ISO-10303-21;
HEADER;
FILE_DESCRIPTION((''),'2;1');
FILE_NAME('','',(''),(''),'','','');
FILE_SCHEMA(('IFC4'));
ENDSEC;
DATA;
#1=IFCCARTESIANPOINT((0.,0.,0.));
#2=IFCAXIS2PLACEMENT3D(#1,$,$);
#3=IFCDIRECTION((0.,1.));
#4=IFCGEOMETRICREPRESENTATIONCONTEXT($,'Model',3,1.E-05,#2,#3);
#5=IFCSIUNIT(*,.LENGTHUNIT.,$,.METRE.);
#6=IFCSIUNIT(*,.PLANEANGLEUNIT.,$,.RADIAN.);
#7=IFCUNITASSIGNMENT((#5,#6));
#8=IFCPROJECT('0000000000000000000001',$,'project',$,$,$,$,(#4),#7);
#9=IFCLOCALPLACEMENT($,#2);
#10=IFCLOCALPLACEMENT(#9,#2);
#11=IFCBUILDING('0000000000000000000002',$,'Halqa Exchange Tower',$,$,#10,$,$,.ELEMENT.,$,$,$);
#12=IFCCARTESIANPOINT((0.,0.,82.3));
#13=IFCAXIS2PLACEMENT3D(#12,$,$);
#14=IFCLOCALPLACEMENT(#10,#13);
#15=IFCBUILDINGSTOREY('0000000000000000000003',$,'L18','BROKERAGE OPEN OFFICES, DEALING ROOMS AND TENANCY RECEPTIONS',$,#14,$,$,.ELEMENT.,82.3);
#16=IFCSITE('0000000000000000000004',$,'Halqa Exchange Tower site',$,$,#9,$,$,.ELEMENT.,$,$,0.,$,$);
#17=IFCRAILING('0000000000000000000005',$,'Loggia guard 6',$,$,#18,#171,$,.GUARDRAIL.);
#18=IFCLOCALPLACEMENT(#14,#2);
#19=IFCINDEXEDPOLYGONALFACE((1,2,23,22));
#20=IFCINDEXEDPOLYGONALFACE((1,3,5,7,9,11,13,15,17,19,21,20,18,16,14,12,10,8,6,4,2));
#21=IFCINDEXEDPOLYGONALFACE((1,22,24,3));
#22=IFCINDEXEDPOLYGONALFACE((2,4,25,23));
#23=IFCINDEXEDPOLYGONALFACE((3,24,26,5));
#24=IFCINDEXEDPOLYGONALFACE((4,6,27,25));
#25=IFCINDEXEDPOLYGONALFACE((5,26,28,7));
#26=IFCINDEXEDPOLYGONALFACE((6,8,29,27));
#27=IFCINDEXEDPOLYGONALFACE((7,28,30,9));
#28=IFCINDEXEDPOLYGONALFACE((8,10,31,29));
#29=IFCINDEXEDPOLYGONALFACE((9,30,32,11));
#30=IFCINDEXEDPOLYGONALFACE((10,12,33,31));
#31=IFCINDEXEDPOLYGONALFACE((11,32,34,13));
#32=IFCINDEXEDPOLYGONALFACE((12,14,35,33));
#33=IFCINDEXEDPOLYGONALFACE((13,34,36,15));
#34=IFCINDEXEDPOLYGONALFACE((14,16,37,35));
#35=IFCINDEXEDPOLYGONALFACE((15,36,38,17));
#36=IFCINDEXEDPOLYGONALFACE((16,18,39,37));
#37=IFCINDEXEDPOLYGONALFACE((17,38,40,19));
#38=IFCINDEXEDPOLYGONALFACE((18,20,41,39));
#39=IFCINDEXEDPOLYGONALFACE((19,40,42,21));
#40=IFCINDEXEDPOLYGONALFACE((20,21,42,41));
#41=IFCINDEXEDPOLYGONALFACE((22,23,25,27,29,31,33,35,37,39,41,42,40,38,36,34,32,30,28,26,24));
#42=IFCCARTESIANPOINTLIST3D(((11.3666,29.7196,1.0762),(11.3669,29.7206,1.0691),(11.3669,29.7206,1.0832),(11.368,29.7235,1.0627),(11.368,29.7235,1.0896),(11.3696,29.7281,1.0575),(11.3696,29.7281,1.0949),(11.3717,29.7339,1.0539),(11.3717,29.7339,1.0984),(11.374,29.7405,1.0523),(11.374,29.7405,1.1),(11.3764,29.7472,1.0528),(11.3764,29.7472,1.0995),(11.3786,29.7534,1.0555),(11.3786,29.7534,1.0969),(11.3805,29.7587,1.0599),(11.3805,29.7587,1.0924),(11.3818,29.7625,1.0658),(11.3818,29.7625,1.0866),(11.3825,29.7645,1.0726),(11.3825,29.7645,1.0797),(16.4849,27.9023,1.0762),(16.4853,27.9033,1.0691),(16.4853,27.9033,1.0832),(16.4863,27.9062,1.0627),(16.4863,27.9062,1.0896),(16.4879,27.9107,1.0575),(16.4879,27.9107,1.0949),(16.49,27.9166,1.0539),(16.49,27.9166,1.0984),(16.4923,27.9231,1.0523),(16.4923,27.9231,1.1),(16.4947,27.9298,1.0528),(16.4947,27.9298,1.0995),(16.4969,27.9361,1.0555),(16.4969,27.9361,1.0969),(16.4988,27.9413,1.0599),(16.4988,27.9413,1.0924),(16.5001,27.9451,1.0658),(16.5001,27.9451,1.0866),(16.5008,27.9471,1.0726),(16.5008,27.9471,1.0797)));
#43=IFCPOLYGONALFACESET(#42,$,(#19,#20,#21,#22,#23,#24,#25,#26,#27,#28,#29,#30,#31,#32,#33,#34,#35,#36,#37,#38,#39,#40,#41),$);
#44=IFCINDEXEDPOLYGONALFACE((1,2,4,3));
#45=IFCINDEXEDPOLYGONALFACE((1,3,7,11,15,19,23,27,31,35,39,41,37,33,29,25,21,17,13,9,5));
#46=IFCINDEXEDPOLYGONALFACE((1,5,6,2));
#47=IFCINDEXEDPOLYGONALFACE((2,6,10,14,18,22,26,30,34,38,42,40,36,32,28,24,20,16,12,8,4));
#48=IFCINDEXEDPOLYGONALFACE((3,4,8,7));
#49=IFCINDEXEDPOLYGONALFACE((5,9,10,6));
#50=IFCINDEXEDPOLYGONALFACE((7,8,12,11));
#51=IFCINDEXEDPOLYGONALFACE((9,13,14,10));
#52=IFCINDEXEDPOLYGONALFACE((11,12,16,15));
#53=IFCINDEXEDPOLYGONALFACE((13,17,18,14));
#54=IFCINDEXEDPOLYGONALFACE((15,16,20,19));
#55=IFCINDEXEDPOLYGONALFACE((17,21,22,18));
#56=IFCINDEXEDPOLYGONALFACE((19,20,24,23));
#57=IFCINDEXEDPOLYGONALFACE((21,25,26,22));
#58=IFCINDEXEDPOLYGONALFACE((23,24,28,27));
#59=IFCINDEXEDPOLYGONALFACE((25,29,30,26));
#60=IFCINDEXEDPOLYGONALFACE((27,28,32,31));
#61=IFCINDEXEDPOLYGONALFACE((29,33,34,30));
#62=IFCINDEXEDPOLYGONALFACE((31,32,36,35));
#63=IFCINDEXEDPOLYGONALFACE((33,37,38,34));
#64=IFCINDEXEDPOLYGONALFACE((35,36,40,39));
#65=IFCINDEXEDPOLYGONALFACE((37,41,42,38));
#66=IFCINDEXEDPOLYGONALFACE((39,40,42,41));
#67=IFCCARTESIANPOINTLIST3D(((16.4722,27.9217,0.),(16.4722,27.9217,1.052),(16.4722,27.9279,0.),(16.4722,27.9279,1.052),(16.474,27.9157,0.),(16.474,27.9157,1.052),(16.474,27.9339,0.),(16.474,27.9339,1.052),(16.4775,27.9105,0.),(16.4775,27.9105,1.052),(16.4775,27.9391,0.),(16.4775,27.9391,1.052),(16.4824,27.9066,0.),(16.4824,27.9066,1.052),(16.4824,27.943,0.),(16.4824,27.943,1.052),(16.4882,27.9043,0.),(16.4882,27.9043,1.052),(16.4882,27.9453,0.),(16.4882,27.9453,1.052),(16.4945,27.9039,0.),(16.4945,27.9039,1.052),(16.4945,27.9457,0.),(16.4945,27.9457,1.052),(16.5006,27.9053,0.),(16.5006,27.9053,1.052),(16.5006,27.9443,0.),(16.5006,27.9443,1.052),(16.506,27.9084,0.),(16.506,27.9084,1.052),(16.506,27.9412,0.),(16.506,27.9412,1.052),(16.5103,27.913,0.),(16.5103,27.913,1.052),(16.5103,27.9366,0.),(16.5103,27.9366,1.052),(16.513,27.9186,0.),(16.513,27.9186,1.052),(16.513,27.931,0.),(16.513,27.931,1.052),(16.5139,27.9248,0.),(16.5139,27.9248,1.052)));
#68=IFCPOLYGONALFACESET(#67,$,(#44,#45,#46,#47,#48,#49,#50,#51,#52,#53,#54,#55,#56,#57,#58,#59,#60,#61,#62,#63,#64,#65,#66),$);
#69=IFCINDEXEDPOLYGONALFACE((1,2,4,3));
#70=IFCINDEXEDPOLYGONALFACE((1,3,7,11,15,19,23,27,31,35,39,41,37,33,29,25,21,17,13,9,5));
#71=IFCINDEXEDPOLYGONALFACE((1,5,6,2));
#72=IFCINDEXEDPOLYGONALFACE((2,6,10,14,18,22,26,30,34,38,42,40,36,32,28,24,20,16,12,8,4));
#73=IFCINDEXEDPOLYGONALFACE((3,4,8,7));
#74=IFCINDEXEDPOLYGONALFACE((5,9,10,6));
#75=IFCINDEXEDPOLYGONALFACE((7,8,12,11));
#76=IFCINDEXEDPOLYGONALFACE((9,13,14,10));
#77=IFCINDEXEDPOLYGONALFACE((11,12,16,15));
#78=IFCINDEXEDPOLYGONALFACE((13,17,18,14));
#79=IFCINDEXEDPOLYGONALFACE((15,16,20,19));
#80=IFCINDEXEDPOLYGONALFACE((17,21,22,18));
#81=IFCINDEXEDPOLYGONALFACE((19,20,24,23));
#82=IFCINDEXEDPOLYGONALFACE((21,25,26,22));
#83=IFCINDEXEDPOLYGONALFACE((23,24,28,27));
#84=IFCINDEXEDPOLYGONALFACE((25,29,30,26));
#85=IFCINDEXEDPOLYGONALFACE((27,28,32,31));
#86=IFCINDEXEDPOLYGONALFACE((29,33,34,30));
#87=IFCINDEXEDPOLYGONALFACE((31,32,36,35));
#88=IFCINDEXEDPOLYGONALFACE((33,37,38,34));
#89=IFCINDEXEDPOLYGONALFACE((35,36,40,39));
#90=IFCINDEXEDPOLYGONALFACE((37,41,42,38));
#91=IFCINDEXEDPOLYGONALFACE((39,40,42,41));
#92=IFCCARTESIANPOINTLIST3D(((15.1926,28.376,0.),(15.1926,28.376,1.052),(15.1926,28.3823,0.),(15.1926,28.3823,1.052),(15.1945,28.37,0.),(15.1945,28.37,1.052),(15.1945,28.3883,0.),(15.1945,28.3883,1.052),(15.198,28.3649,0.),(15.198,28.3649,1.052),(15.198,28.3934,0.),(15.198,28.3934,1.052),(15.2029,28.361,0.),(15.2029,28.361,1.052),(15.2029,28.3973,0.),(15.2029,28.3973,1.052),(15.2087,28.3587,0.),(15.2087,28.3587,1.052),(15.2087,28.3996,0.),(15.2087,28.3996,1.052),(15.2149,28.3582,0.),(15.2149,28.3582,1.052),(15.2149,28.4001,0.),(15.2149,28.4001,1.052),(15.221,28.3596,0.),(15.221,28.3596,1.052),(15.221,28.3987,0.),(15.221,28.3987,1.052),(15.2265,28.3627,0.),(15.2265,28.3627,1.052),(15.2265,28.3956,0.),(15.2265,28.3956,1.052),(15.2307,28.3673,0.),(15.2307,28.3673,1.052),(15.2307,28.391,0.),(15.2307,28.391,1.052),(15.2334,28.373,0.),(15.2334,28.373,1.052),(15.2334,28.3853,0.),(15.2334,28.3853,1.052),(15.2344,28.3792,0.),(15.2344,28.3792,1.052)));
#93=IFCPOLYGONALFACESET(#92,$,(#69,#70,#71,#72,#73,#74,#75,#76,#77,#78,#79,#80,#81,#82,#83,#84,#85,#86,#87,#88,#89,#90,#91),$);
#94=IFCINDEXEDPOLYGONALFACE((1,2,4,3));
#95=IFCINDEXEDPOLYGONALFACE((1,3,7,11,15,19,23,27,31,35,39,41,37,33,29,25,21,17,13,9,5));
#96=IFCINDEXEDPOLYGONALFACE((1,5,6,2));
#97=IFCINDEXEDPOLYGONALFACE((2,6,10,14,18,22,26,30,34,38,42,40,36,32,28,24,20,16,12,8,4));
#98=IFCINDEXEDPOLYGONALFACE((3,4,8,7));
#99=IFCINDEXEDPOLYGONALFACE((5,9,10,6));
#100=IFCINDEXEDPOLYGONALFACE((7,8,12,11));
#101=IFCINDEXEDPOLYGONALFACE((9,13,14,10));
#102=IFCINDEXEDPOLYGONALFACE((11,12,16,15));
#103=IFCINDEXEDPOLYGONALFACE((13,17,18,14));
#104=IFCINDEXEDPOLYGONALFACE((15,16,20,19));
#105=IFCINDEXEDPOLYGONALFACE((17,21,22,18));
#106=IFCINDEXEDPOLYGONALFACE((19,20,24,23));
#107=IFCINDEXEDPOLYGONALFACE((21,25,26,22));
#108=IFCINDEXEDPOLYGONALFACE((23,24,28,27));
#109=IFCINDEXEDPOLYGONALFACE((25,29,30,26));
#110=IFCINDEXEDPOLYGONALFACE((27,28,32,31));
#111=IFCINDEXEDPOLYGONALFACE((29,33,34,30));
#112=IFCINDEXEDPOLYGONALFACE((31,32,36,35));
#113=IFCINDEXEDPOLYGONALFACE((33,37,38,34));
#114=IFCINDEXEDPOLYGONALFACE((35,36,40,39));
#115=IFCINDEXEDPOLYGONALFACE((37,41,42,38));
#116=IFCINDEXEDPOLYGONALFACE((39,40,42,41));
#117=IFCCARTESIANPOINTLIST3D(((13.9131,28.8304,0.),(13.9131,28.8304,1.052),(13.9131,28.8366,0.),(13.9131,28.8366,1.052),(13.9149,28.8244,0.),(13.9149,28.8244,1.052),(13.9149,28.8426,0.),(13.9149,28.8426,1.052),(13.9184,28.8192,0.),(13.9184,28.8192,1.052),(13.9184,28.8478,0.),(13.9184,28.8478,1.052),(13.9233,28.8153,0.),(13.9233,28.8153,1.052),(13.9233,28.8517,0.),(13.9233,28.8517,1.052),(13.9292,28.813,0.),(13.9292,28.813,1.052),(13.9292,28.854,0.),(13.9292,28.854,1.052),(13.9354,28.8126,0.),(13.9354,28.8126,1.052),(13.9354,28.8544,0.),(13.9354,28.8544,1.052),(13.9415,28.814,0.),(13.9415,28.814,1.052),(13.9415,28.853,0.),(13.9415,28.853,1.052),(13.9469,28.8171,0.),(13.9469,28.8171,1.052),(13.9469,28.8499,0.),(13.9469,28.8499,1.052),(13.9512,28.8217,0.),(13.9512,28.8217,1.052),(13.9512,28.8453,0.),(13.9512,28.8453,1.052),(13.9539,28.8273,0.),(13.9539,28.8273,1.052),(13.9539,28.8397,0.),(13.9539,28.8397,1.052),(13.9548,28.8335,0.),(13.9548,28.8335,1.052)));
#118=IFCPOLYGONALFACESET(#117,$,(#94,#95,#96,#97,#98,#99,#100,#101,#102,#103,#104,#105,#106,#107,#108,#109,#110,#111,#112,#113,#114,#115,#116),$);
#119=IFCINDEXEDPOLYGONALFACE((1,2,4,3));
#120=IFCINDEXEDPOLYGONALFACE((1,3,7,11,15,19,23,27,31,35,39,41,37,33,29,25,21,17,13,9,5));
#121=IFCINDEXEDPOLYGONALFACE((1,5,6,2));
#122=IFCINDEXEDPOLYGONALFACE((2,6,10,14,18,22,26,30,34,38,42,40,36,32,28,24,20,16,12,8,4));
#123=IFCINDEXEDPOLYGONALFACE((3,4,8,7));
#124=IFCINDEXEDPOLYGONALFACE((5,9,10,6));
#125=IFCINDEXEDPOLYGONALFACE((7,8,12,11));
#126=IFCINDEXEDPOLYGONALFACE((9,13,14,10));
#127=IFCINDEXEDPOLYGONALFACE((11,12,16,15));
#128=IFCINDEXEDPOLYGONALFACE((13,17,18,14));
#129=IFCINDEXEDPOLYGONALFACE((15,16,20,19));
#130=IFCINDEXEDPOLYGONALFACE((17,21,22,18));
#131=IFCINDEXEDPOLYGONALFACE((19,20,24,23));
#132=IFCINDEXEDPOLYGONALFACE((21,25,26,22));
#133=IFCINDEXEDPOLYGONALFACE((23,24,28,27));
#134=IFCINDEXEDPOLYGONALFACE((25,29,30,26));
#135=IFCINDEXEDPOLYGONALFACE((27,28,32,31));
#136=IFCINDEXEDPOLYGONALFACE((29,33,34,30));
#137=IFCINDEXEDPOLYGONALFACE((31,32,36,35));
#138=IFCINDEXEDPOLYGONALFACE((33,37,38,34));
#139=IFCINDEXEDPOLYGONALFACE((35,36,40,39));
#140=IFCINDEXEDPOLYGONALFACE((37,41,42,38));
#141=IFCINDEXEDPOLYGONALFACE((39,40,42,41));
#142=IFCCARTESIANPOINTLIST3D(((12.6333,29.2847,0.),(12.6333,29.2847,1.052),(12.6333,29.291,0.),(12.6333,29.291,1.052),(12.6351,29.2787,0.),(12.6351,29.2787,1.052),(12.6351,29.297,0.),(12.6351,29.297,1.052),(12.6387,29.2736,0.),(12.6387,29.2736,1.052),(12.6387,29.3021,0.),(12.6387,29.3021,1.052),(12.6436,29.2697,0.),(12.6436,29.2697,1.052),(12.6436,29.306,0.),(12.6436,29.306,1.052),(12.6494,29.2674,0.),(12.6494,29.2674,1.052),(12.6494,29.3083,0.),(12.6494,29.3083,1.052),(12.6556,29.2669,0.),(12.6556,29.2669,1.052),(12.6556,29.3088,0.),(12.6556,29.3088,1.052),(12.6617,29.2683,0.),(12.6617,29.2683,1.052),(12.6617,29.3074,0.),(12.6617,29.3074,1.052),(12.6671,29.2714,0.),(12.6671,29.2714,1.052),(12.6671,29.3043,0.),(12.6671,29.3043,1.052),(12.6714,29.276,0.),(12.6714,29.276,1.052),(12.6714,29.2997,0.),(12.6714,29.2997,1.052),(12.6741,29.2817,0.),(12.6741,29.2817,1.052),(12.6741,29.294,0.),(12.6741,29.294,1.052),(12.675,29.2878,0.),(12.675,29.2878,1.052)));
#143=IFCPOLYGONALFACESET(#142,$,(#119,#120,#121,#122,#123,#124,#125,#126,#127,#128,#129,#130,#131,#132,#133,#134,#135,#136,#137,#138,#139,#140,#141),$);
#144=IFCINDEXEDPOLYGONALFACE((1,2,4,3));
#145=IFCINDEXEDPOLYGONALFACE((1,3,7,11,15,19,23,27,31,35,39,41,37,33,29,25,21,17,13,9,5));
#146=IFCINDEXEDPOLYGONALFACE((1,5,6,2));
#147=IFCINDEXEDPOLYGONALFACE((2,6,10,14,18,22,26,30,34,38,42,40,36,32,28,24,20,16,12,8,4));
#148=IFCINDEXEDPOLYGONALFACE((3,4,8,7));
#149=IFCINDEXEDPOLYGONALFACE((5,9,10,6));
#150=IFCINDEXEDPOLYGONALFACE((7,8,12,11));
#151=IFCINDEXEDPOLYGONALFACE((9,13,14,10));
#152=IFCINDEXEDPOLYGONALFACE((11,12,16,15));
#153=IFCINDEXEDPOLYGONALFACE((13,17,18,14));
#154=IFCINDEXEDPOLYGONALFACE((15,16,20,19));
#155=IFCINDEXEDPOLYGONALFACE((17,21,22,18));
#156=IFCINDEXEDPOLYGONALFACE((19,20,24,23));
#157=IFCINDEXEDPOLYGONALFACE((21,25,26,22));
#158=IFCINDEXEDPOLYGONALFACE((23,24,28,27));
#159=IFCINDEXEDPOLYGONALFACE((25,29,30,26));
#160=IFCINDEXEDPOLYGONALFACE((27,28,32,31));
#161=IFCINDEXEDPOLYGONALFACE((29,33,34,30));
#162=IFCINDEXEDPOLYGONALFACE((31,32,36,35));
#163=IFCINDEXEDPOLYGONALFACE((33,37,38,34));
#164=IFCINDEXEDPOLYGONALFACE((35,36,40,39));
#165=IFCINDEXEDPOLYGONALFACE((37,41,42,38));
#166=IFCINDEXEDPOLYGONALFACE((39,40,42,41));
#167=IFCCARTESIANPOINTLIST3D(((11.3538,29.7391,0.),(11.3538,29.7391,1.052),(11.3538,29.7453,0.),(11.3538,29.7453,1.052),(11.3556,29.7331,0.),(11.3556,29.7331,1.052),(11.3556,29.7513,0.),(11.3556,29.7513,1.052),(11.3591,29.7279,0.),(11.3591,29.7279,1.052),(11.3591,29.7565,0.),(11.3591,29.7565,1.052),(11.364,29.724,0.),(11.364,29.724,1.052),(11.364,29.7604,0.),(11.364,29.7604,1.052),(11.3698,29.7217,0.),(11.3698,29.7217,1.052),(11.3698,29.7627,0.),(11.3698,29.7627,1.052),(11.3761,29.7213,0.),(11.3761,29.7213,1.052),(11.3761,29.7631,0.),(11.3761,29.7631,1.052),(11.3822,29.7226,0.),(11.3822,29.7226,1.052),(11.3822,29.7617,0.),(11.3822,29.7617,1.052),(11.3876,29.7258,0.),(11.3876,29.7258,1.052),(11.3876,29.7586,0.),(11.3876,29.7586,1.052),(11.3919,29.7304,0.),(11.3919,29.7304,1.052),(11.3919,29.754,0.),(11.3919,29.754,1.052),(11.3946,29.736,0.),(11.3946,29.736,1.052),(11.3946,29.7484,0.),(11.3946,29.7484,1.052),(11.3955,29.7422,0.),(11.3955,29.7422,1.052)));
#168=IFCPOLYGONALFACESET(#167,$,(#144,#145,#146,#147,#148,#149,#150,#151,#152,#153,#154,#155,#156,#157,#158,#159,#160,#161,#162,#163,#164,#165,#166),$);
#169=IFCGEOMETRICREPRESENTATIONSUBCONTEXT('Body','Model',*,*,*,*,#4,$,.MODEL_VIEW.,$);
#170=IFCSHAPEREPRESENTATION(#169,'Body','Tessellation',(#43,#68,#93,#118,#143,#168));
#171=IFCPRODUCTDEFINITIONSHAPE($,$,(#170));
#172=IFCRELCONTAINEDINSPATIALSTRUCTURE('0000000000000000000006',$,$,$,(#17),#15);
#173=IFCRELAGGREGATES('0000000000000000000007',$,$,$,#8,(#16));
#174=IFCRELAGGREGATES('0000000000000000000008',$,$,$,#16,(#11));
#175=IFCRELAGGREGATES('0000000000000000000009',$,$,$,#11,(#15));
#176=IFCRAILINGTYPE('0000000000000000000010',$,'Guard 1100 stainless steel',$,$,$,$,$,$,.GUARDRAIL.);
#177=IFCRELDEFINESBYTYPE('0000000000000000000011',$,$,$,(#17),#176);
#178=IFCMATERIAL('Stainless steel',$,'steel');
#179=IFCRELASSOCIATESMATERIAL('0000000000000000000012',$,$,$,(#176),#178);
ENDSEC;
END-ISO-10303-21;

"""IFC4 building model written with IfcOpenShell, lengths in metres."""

from ifc_helpers import new_model, si_unit, direction, frame, origin, origin_2d, place, context, subcontext, project, spatial, circle, extrude, material, type_object, element, save


model = new_model("IFC4")

# Units and contexts
model_context = context("Model", 3, precision=1e-05, world=origin(), true_north=direction((0.0, 1.0)))
body_context = subcontext(model_context, "Body", "Model", "MODEL_VIEW")
ifc_project = project(units=[si_unit("LENGTHUNIT", "METRE"), si_unit("PLANEANGLEUNIT", "RADIAN")], contexts=[model_context])

# Site, building, storey
site_placement = place(None, origin())
site = spatial("IfcSite", under=ifc_project, at=site_placement, Name="Halqa Exchange Tower site", CompositionType="ELEMENT", RefElevation=0.0)
building_placement = place(site_placement, origin())
building = spatial("IfcBuilding", under=site, at=building_placement, Name="Halqa Exchange Tower", CompositionType="ELEMENT")
storey_placement = place(building_placement, frame((0.0, 0.0, 82.3)))
storey = spatial("IfcBuildingStorey", under=building, at=storey_placement, Name="L18", Description="BROKERAGE OPEN OFFICES, DEALING ROOMS AND TENANCY RECEPTIONS", CompositionType="ELEMENT", Elevation=82.3)

# Railing
ifc_material_1 = material(Name="Stainless steel", Category="steel")
railing_type = type_object("IfcRailingType", Name="Guard 1100 stainless steel", PredefinedType="GUARDRAIL", material=ifc_material_1)
railing_1_placement = place(storey_placement, frame((16.4929, 27.9248, 0.0)))
element("IfcRailing", 1, at=railing_1_placement, inside=storey, type_object=railing_type, Name="Loggia guard 6", PredefinedType="GUARDRAIL", context=body_context, shape_type="SweptSolid", body=[
    extrude(circle(Radius=0.0239, at=origin_2d()), frame((0.0, 0.0, 1.0762), z_axis=(-0.94236, 0.334602, 0.0), x_axis=(-0.334602, -0.94236, 0.0)), (0.0, 0.0, 1.0), 5.4314),
    extrude(circle(Radius=0.021, at=origin_2d()), origin(), (0.0, 0.0, 1.0), 1.052),
    extrude(circle(Radius=0.021, at=origin_2d()), frame((-1.2795, 0.4543, 0.0)), (0.0, 0.0, 1.0), 1.052),
    extrude(circle(Radius=0.021, at=origin_2d()), frame((-2.5591, 0.9087, 0.0)), (0.0, 0.0, 1.0), 1.052),
    extrude(circle(Radius=0.021, at=origin_2d()), frame((-3.8389, 1.363, 0.0)), (0.0, 0.0, 1.0), 1.052),
    extrude(circle(Radius=0.021, at=origin_2d()), frame((-5.1184, 1.8174, 0.0)), (0.0, 0.0, 1.0), 1.052),
])

save(model, "model.ifc")
